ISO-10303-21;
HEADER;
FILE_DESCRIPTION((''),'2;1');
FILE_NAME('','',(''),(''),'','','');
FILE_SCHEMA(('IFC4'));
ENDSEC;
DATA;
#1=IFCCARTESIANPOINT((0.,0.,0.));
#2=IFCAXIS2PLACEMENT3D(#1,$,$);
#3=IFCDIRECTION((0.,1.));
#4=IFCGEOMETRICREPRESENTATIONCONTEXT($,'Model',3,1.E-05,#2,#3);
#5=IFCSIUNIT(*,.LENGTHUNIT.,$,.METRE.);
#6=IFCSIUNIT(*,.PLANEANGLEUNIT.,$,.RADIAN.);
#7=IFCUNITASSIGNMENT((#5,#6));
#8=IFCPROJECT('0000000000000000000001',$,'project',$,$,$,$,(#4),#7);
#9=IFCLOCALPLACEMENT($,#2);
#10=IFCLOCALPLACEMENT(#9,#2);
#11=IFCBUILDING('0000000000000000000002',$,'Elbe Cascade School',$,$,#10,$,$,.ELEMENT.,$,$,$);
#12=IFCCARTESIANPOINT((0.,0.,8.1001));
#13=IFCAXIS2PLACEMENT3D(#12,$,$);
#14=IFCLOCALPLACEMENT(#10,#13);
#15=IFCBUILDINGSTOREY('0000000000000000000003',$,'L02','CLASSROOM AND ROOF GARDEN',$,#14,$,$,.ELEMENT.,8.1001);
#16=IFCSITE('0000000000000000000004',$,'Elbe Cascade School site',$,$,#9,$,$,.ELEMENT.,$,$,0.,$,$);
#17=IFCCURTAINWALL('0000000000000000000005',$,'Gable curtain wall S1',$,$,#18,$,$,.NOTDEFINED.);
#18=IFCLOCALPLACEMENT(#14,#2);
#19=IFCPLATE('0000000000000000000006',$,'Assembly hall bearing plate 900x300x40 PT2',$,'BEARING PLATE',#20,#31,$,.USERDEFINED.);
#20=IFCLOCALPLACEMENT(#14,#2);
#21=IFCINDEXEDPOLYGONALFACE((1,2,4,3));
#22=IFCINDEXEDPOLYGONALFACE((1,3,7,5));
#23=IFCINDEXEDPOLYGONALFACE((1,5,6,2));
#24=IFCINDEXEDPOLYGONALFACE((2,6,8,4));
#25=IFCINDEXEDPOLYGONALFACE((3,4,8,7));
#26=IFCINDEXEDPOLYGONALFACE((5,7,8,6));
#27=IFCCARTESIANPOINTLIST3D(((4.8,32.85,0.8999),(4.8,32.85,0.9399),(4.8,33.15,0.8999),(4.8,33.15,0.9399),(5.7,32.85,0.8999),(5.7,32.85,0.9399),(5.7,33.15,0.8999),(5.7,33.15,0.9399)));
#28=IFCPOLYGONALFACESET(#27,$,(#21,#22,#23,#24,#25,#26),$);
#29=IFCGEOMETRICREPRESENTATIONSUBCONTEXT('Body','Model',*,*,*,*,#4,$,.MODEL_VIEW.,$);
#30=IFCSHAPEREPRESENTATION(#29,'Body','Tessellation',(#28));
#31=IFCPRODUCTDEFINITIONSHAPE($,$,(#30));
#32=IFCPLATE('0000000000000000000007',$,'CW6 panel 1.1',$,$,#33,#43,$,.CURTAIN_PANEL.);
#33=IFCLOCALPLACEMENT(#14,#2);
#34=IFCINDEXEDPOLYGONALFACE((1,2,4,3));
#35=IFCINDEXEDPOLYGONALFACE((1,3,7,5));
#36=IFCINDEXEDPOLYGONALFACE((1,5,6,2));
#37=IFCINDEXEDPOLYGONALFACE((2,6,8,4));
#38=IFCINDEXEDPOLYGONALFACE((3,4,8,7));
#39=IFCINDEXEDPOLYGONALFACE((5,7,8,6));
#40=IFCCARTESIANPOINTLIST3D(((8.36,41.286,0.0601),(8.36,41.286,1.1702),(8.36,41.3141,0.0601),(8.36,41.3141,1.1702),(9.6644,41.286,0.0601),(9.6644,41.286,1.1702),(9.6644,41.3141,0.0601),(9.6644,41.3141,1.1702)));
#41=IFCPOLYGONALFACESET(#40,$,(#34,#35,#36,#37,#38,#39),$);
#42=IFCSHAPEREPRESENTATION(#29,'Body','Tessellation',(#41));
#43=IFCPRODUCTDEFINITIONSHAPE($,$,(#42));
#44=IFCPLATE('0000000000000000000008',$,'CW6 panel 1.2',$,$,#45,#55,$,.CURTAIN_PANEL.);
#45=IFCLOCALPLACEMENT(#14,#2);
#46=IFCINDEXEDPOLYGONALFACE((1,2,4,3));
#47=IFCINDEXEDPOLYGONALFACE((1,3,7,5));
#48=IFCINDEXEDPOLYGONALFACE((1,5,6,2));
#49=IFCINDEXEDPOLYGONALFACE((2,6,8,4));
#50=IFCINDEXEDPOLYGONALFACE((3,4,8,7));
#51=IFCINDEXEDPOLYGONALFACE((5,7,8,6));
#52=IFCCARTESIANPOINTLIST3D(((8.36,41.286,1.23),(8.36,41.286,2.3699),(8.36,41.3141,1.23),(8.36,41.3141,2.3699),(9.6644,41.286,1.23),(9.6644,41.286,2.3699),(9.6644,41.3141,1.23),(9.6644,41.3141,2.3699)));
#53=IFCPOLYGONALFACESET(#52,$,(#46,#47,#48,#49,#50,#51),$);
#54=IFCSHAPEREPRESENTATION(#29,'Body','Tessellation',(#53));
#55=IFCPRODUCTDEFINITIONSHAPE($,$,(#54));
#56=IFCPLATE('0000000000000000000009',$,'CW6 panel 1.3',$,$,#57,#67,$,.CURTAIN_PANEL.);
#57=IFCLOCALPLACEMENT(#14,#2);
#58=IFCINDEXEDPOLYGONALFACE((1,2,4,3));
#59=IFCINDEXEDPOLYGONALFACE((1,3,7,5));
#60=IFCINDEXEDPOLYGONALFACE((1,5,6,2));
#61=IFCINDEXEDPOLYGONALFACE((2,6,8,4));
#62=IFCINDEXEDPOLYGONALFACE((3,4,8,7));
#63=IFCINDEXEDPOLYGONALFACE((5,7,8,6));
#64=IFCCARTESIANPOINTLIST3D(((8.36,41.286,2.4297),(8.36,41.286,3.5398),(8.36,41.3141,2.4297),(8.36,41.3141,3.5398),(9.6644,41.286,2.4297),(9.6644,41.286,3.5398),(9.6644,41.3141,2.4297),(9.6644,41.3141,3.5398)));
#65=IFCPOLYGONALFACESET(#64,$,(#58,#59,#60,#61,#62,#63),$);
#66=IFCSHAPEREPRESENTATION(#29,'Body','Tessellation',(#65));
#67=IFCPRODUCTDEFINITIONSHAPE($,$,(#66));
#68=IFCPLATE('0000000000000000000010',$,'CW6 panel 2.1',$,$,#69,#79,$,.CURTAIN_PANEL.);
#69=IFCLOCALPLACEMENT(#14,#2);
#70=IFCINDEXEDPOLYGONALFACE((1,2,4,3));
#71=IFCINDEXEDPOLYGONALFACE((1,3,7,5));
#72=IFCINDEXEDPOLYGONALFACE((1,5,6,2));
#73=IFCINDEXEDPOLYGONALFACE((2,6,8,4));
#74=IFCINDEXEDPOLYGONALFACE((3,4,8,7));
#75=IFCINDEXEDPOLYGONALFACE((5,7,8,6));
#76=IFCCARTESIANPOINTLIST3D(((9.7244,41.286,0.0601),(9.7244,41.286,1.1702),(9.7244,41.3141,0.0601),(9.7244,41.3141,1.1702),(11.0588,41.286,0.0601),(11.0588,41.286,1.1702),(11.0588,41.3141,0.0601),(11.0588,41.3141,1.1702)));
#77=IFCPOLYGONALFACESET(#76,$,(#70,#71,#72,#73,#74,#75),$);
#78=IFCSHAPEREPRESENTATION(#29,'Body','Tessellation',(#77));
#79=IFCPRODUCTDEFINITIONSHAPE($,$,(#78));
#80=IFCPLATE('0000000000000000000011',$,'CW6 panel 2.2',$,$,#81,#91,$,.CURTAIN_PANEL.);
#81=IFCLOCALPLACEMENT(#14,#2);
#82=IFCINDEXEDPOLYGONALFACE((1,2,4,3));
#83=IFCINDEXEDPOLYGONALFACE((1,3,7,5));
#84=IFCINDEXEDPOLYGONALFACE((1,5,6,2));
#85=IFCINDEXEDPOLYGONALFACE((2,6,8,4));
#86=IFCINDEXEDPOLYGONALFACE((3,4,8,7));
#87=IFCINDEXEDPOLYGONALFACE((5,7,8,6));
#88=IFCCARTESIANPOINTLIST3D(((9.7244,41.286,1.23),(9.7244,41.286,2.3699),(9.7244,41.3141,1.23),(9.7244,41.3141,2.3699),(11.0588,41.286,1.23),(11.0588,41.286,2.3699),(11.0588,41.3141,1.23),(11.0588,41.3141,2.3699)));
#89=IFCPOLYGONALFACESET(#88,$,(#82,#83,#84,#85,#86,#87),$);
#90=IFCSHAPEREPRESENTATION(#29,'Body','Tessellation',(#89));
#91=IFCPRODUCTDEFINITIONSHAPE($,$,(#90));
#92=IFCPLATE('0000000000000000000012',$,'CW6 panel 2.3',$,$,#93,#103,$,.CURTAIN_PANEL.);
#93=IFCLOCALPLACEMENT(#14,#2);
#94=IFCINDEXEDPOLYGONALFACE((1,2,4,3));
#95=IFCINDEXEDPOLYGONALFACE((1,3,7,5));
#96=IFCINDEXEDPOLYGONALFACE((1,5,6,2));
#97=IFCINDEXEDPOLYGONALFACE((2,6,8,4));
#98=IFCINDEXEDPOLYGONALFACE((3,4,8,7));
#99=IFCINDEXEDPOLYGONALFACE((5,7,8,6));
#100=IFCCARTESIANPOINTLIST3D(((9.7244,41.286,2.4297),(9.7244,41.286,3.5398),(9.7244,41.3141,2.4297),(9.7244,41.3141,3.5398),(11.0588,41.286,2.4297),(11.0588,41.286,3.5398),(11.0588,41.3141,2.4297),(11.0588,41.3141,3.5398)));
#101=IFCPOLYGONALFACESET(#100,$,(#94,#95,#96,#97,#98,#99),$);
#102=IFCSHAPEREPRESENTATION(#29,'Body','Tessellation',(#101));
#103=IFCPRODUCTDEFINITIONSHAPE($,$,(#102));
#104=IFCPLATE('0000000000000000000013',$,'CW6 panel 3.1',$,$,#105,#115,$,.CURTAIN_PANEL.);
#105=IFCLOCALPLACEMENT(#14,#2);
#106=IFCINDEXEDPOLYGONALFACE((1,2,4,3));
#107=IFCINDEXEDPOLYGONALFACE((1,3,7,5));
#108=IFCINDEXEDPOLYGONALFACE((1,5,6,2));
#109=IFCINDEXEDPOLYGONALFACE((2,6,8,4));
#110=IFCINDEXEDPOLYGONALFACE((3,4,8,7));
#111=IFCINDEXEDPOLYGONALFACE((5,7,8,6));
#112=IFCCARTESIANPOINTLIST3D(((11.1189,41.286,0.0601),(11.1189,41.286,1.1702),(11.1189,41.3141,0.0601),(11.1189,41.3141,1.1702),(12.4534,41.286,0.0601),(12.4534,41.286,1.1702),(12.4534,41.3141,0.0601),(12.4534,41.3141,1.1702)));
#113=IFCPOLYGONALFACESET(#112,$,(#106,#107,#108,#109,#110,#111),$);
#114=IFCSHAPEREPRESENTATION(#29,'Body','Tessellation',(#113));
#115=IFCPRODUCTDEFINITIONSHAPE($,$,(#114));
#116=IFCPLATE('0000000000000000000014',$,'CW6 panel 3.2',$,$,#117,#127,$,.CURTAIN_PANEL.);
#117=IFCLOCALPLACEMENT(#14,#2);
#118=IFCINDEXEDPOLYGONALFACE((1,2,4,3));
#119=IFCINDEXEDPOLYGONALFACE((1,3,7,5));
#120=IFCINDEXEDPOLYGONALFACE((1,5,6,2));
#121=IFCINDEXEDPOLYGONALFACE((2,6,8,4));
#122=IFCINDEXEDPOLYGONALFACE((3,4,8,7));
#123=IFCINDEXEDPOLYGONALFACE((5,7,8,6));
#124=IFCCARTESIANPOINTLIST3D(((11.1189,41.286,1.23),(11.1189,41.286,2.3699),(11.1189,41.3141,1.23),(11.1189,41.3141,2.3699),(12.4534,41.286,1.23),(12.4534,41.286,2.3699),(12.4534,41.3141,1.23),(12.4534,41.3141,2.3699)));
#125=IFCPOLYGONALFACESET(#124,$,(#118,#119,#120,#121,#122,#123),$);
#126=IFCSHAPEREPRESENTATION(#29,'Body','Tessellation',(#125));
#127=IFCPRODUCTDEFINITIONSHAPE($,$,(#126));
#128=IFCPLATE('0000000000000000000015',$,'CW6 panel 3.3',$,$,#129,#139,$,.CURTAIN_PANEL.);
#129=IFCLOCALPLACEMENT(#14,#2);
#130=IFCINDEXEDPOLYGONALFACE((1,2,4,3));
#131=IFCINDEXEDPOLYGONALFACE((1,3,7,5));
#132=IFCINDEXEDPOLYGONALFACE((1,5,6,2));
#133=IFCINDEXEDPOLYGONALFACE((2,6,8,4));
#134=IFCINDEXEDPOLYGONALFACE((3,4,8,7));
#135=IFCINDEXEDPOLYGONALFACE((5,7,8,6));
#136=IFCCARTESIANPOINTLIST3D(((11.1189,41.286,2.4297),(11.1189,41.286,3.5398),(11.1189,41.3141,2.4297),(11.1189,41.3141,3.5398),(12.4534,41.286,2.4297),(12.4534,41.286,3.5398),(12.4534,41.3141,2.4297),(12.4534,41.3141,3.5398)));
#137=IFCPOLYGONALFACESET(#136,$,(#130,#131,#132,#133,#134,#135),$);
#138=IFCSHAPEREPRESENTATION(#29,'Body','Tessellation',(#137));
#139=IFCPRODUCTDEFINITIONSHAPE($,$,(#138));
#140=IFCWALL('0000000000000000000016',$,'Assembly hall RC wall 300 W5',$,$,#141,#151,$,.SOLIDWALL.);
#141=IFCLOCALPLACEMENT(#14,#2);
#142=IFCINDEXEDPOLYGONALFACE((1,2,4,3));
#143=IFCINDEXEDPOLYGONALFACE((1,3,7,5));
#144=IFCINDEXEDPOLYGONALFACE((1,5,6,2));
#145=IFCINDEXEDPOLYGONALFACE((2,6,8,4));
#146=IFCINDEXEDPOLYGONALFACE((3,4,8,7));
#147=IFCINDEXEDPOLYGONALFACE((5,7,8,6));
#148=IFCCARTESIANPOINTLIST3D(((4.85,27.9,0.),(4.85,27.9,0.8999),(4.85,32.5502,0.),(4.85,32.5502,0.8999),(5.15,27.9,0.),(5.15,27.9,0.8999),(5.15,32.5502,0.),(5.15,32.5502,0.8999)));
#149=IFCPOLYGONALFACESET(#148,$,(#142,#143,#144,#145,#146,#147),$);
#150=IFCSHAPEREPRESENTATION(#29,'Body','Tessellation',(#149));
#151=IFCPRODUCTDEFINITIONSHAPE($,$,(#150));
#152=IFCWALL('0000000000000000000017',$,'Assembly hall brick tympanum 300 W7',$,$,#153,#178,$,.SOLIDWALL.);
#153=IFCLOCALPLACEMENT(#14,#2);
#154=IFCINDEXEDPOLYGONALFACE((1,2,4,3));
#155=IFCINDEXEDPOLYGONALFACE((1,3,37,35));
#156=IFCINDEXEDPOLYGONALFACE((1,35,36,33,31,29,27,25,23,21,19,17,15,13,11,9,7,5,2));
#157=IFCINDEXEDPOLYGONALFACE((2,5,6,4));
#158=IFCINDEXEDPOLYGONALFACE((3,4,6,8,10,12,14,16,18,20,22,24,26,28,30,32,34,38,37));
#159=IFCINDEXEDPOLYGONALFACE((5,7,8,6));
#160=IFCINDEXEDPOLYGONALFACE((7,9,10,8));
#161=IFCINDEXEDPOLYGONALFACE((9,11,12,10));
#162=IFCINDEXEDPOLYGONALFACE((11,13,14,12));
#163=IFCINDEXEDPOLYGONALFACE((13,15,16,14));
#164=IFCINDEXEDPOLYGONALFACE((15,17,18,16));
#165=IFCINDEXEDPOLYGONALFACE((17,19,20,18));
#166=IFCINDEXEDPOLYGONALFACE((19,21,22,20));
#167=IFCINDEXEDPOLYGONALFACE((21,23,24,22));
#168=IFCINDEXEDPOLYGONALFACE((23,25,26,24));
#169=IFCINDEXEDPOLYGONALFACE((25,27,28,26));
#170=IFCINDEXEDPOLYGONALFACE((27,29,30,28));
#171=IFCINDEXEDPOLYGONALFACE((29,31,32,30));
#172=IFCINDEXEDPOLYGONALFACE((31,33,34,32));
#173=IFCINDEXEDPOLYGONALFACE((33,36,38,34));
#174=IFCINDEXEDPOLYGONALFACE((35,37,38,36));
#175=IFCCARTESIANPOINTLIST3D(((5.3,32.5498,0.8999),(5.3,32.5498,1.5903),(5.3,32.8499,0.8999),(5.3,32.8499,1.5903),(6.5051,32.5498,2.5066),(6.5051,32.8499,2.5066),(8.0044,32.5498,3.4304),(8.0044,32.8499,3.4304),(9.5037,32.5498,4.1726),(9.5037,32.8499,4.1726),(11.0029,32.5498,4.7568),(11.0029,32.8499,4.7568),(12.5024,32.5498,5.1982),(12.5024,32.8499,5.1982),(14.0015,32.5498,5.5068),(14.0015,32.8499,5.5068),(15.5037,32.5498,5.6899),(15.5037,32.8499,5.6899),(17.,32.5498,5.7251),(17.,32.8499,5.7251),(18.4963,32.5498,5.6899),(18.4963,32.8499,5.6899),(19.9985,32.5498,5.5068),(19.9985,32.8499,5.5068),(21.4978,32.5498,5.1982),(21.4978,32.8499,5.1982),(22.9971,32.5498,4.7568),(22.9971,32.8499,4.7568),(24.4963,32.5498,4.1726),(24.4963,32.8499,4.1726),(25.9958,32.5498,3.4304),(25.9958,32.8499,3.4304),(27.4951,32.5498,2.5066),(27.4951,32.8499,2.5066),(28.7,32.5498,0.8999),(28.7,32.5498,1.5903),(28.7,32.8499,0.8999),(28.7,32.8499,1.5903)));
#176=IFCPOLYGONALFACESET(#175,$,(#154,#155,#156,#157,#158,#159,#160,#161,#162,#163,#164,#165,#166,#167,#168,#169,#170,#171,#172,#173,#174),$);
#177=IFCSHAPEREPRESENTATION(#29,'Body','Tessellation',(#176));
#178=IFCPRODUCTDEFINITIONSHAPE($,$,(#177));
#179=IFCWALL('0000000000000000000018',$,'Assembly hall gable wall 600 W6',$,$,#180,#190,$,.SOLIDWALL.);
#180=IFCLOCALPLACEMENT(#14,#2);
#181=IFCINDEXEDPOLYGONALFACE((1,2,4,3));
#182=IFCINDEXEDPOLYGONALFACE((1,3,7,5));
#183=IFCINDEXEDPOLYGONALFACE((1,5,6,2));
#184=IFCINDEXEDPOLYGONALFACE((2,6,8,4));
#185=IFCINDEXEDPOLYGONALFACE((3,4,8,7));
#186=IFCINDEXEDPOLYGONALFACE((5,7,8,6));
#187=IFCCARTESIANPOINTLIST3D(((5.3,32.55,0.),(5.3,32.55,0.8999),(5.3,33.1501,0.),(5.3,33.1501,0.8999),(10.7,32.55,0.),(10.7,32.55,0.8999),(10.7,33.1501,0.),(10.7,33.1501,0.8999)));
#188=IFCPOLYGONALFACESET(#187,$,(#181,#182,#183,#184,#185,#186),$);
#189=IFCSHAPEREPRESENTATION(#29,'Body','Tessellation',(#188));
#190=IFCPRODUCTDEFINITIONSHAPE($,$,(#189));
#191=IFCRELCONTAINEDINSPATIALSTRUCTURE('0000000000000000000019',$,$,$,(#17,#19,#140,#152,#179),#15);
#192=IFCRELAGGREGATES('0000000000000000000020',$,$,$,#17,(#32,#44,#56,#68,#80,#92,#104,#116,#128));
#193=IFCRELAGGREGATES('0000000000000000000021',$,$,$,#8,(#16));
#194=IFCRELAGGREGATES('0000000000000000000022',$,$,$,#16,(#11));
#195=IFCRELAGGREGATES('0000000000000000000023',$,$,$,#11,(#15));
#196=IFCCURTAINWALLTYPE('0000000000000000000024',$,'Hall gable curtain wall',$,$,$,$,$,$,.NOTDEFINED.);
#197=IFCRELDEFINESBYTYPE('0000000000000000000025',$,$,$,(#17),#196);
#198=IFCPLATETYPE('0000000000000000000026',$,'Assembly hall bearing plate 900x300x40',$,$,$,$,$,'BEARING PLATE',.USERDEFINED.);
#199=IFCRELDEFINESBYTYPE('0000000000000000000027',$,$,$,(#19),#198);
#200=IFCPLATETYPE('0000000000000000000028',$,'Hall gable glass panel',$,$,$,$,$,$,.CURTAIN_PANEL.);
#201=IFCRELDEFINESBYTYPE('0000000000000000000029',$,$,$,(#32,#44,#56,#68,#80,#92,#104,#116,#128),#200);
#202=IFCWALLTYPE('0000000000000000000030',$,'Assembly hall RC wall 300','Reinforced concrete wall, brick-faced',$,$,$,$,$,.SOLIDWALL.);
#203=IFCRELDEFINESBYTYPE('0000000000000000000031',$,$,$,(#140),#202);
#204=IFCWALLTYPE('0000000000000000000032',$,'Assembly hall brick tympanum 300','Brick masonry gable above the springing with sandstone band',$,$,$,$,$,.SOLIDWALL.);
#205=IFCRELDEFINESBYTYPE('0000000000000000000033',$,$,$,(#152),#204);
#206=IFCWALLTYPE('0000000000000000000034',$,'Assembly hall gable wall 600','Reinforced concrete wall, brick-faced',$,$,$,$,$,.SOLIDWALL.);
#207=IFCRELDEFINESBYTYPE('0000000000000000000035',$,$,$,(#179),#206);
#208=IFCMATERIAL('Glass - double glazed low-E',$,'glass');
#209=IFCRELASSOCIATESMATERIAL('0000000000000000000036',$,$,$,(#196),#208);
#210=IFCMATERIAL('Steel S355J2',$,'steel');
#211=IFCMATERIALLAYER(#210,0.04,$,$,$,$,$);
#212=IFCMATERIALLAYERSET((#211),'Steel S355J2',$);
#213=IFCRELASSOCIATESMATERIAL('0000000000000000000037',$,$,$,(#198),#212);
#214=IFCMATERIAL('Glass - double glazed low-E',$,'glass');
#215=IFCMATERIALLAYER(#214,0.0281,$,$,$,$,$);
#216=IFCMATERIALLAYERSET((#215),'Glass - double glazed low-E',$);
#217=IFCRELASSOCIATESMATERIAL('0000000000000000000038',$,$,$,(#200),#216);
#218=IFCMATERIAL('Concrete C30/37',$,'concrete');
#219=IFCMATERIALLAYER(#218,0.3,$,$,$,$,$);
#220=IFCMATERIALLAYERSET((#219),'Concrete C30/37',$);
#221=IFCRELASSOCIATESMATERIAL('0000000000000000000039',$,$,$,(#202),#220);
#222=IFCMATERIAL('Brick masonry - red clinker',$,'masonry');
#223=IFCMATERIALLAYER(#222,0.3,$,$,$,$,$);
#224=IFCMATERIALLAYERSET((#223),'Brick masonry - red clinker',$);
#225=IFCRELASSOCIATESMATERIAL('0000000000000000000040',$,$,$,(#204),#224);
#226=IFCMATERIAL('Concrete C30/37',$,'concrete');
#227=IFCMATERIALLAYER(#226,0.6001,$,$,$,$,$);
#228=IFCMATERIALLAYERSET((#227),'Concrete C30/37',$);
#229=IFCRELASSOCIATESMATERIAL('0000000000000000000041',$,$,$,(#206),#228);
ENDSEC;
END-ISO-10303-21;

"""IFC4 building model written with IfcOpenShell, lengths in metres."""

from ifc_helpers import new_model, si_unit, direction, frame, frame_2d, origin, origin_2d, place, context, subcontext, project, spatial, polyline, rectangle, outline, extrude, material, layer, layer_set, type_object, element, aggregate, save


model = new_model("IFC4")

# Units and contexts
model_context = context("Model", 3, precision=1e-05, world=origin(), true_north=direction((0.0, 1.0)))
body_context = subcontext(model_context, "Body", "Model", "MODEL_VIEW")
ifc_project = project(units=[si_unit("LENGTHUNIT", "METRE"), si_unit("PLANEANGLEUNIT", "RADIAN")], contexts=[model_context])

# Site, building, storey
site_placement = place(None, origin())
site = spatial("IfcSite", under=ifc_project, at=site_placement, Name="Elbe Cascade School site", CompositionType="ELEMENT", RefElevation=0.0)
building_placement = place(site_placement, origin())
building = spatial("IfcBuilding", under=site, at=building_placement, Name="Elbe Cascade School", CompositionType="ELEMENT")
storey_placement = place(building_placement, frame((0.0, 0.0, 8.1001)))
storey = spatial("IfcBuildingStorey", under=building, at=storey_placement, Name="L02", Description="CLASSROOM AND ROOF GARDEN", CompositionType="ELEMENT", Elevation=8.1001)

# Curtain wall
ifc_material_1 = material(Name="Glass - double glazed low-E", Category="glass")
curtain_wall_type = type_object("IfcCurtainWallType", Name="Hall gable curtain wall", PredefinedType="NOTDEFINED", material=ifc_material_1)
curtain_wall_placement = place(storey_placement, origin())
curtain_wall = element("IfcCurtainWall", 1, at=curtain_wall_placement, inside=storey, type_object=curtain_wall_type, Name="Gable curtain wall S1", PredefinedType="NOTDEFINED")

# Plates
ifc_material_2 = material(Name="Steel S355J2", Category="steel")
ifc_layer_1 = layer(ifc_material_2, 0.04)
ifc_layer_set_1 = layer_set([ifc_layer_1], Name="Steel S355J2")
plate_type_1 = type_object("IfcPlateType", Name="Assembly hall bearing plate 900x300x40", ElementType="BEARING PLATE", PredefinedType="USERDEFINED", material=ifc_layer_set_1)
plate_1_placement = place(storey_placement, frame((5.25, 33.0, 0.8999), z_axis=(0.0, 0.0, 1.0), x_axis=(1.0, 0.0, 0.0)))
element("IfcPlate", 2, at=plate_1_placement, inside=storey, type_object=plate_type_1, Name="Assembly hall bearing plate 900x300x40 PT2", ObjectType="BEARING PLATE", PredefinedType="USERDEFINED", context=body_context, shape_type="SweptSolid", body=[
    extrude(rectangle(XDim=0.8999, YDim=0.3, at=origin_2d()), origin(), (0.0, 0.0, 1.0), 0.04),
])
ifc_material_3 = material(Name="Glass - double glazed low-E", Category="glass")
ifc_layer_2 = layer(ifc_material_3, 0.0281)
ifc_layer_set_2 = layer_set([ifc_layer_2], Name="Glass - double glazed low-E")
plate_type_2 = type_object("IfcPlateType", Name="Hall gable glass panel", PredefinedType="CURTAIN_PANEL", material=ifc_layer_set_2)
plate_2_placement = place(storey_placement, frame((9.0122, 41.3, 0.0601), z_axis=(0.0, 0.0, 1.0), x_axis=(1.0, 0.0, 0.0)))
plate_2 = element("IfcPlate", 3, at=plate_2_placement, type_object=plate_type_2, Name="CW6 panel 1.1", PredefinedType="CURTAIN_PANEL", context=body_context, shape_type="SweptSolid", body=[
    extrude(rectangle(XDim=1.3044, YDim=0.0281, at=origin_2d()), origin(), (0.0, 0.0, 1.0), 1.1101),
])
plate_3_placement = place(storey_placement, frame((9.0122, 41.3, 1.23), z_axis=(0.0, 0.0, 1.0), x_axis=(1.0, 0.0, 0.0)))
plate_3 = element("IfcPlate", 4, at=plate_3_placement, type_object=plate_type_2, Name="CW6 panel 1.2", PredefinedType="CURTAIN_PANEL", context=body_context, shape_type="SweptSolid", body=[
    extrude(rectangle(XDim=1.3044, YDim=0.0281, at=origin_2d()), origin(), (0.0, 0.0, 1.0), 1.1399),
])
plate_4_placement = place(storey_placement, frame((9.0122, 41.3, 2.4297), z_axis=(0.0, 0.0, 1.0), x_axis=(1.0, 0.0, 0.0)))
plate_4 = element("IfcPlate", 5, at=plate_4_placement, type_object=plate_type_2, Name="CW6 panel 1.3", PredefinedType="CURTAIN_PANEL", context=body_context, shape_type="SweptSolid", body=[
    extrude(rectangle(XDim=1.3044, YDim=0.0281, at=origin_2d()), origin(), (0.0, 0.0, 1.0), 1.1101),
])
plate_5_placement = place(storey_placement, frame((10.3916, 41.3, 0.0601), z_axis=(0.0, 0.0, 1.0), x_axis=(1.0, 0.0, 0.0)))
plate_5 = element("IfcPlate", 6, at=plate_5_placement, type_object=plate_type_2, Name="CW6 panel 2.1", PredefinedType="CURTAIN_PANEL", context=body_context, shape_type="SweptSolid", body=[
    extrude(rectangle(XDim=1.3345, YDim=0.0281, at=origin_2d()), origin(), (0.0, 0.0, 1.0), 1.1101),
])
plate_6_placement = place(storey_placement, frame((10.3916, 41.3, 1.23), z_axis=(0.0, 0.0, 1.0), x_axis=(1.0, 0.0, 0.0)))
plate_6 = element("IfcPlate", 7, at=plate_6_placement, type_object=plate_type_2, Name="CW6 panel 2.2", PredefinedType="CURTAIN_PANEL", context=body_context, shape_type="SweptSolid", body=[
    extrude(rectangle(XDim=1.3345, YDim=0.0281, at=origin_2d()), origin(), (0.0, 0.0, 1.0), 1.1399),
])
plate_7_placement = place(storey_placement, frame((10.3916, 41.3, 2.4297), z_axis=(0.0, 0.0, 1.0), x_axis=(1.0, 0.0, 0.0)))
plate_7 = element("IfcPlate", 8, at=plate_7_placement, type_object=plate_type_2, Name="CW6 panel 2.3", PredefinedType="CURTAIN_PANEL", context=body_context, shape_type="SweptSolid", body=[
    extrude(rectangle(XDim=1.3345, YDim=0.0281, at=origin_2d()), origin(), (0.0, 0.0, 1.0), 1.1101),
])
plate_8_placement = place(storey_placement, frame((11.7861, 41.3, 0.0601), z_axis=(0.0, 0.0, 1.0), x_axis=(1.0, 0.0, 0.0)))
plate_8 = element("IfcPlate", 9, at=plate_8_placement, type_object=plate_type_2, Name="CW6 panel 3.1", PredefinedType="CURTAIN_PANEL", context=body_context, shape_type="SweptSolid", body=[
    extrude(rectangle(XDim=1.3345, YDim=0.0281, at=origin_2d()), origin(), (0.0, 0.0, 1.0), 1.1101),
])
plate_9_placement = place(storey_placement, frame((11.7861, 41.3, 1.23), z_axis=(0.0, 0.0, 1.0), x_axis=(1.0, 0.0, 0.0)))
plate_9 = element("IfcPlate", 10, at=plate_9_placement, type_object=plate_type_2, Name="CW6 panel 3.2", PredefinedType="CURTAIN_PANEL", context=body_context, shape_type="SweptSolid", body=[
    extrude(rectangle(XDim=1.3345, YDim=0.0281, at=origin_2d()), origin(), (0.0, 0.0, 1.0), 1.1399),
])
plate_10_placement = place(storey_placement, frame((11.7861, 41.3, 2.4297), z_axis=(0.0, 0.0, 1.0), x_axis=(1.0, 0.0, 0.0)))
plate_10 = element("IfcPlate", 11, at=plate_10_placement, type_object=plate_type_2, Name="CW6 panel 3.3", PredefinedType="CURTAIN_PANEL", context=body_context, shape_type="SweptSolid", body=[
    extrude(rectangle(XDim=1.3345, YDim=0.0281, at=origin_2d()), origin(), (0.0, 0.0, 1.0), 1.1101),
])
aggregate(curtain_wall, [plate_2, plate_3, plate_4, plate_5, plate_6, plate_7, plate_8, plate_9, plate_10])

# Walls
ifc_material_4 = material(Name="Concrete C30/37", Category="concrete")
ifc_layer_3 = layer(ifc_material_4, 0.3)
ifc_layer_set_3 = layer_set([ifc_layer_3], Name="Concrete C30/37")
wall_type_1 = type_object("IfcWallType", Name="Assembly hall RC wall 300", Description="Reinforced concrete wall, brick-faced", PredefinedType="SOLIDWALL", material=ifc_layer_set_3)
wall_1_placement = place(storey_placement, frame((5.0, 27.8999, 0.0), z_axis=(0.0, 0.0, 1.0), x_axis=(0.0, 1.0, 0.0)))
element("IfcWall", 12, at=wall_1_placement, inside=storey, type_object=wall_type_1, Name="Assembly hall RC wall 300 W5", PredefinedType="SOLIDWALL", context=body_context, shape_type="SweptSolid", body=[
    extrude(rectangle(XDim=4.6501, YDim=0.3, at=frame_2d((2.3252, 0.0))), origin(), (0.0, 0.0, 1.0), 0.8999),
])
ifc_material_5 = material(Name="Brick masonry - red clinker", Category="masonry")
ifc_layer_4 = layer(ifc_material_5, 0.3)
ifc_layer_set_4 = layer_set([ifc_layer_4], Name="Brick masonry - red clinker")
wall_type_2 = type_object("IfcWallType", Name="Assembly hall brick tympanum 300", Description="Brick masonry gable above the springing with sandstone band", PredefinedType="SOLIDWALL", material=ifc_layer_set_4)
wall_2_placement = place(storey_placement, frame((5.3, 32.7, 0.8999), z_axis=(0.0, 0.0, 1.0), x_axis=(1.0, 0.0, 0.0)))
element("IfcWall", 13, at=wall_2_placement, inside=storey, type_object=wall_type_2, Name="Assembly hall brick tympanum 300 W7", PredefinedType="SOLIDWALL", context=body_context, shape_type="SweptSolid", body=[
    extrude(outline(polyline([(0.0, 0.0), (23.3999, 0.0), (23.3999, 0.6904), (22.1951, 1.6067), (20.6958, 2.5305), (19.1963, 3.2727), (17.697, 3.8569), (16.1978, 4.2983), (14.6985, 4.6069), (13.1963, 4.79), (11.7, 4.8252), (10.2036, 4.79), (8.7014, 4.6069), (7.2024, 4.2983), (5.7029, 3.8569), (4.2036, 3.2727), (2.7043, 2.5305), (1.2051, 1.6067), (0.0, 0.6904), (0.0, 0.0)])), frame((0.0, 0.1499, 0.0), z_axis=(0.0, -1.0, 0.0), x_axis=(1.0, 0.0, 0.0)), (0.0, 0.0, 1.0), 0.3),
])
ifc_material_6 = material(Name="Concrete C30/37", Category="concrete")
ifc_layer_5 = layer(ifc_material_6, 0.6001)
ifc_layer_set_5 = layer_set([ifc_layer_5], Name="Concrete C30/37")
wall_type_3 = type_object("IfcWallType", Name="Assembly hall gable wall 600", Description="Reinforced concrete wall, brick-faced", PredefinedType="SOLIDWALL", material=ifc_layer_set_5)
for number, where, z_axis, x_axis, name in (
    (14, (5.3, 32.8501, 0.0), (0.0, 0.0, 1.0), (1.0, 0.0, 0.0), "Assembly hall gable wall 600 W6"),
):
    element("IfcWall", number, at=place(storey_placement, frame(where, z_axis=z_axis, x_axis=x_axis)), inside=storey, type_object=wall_type_3, Name=name, PredefinedType="SOLIDWALL", context=body_context, shape_type="SweptSolid", body=[
        extrude(rectangle(XDim=5.3999, YDim=0.6001, at=frame_2d((2.7, 0.0))), origin(), (0.0, 0.0, 1.0), 0.8999),
    ])

save(model, "model.ifc")
